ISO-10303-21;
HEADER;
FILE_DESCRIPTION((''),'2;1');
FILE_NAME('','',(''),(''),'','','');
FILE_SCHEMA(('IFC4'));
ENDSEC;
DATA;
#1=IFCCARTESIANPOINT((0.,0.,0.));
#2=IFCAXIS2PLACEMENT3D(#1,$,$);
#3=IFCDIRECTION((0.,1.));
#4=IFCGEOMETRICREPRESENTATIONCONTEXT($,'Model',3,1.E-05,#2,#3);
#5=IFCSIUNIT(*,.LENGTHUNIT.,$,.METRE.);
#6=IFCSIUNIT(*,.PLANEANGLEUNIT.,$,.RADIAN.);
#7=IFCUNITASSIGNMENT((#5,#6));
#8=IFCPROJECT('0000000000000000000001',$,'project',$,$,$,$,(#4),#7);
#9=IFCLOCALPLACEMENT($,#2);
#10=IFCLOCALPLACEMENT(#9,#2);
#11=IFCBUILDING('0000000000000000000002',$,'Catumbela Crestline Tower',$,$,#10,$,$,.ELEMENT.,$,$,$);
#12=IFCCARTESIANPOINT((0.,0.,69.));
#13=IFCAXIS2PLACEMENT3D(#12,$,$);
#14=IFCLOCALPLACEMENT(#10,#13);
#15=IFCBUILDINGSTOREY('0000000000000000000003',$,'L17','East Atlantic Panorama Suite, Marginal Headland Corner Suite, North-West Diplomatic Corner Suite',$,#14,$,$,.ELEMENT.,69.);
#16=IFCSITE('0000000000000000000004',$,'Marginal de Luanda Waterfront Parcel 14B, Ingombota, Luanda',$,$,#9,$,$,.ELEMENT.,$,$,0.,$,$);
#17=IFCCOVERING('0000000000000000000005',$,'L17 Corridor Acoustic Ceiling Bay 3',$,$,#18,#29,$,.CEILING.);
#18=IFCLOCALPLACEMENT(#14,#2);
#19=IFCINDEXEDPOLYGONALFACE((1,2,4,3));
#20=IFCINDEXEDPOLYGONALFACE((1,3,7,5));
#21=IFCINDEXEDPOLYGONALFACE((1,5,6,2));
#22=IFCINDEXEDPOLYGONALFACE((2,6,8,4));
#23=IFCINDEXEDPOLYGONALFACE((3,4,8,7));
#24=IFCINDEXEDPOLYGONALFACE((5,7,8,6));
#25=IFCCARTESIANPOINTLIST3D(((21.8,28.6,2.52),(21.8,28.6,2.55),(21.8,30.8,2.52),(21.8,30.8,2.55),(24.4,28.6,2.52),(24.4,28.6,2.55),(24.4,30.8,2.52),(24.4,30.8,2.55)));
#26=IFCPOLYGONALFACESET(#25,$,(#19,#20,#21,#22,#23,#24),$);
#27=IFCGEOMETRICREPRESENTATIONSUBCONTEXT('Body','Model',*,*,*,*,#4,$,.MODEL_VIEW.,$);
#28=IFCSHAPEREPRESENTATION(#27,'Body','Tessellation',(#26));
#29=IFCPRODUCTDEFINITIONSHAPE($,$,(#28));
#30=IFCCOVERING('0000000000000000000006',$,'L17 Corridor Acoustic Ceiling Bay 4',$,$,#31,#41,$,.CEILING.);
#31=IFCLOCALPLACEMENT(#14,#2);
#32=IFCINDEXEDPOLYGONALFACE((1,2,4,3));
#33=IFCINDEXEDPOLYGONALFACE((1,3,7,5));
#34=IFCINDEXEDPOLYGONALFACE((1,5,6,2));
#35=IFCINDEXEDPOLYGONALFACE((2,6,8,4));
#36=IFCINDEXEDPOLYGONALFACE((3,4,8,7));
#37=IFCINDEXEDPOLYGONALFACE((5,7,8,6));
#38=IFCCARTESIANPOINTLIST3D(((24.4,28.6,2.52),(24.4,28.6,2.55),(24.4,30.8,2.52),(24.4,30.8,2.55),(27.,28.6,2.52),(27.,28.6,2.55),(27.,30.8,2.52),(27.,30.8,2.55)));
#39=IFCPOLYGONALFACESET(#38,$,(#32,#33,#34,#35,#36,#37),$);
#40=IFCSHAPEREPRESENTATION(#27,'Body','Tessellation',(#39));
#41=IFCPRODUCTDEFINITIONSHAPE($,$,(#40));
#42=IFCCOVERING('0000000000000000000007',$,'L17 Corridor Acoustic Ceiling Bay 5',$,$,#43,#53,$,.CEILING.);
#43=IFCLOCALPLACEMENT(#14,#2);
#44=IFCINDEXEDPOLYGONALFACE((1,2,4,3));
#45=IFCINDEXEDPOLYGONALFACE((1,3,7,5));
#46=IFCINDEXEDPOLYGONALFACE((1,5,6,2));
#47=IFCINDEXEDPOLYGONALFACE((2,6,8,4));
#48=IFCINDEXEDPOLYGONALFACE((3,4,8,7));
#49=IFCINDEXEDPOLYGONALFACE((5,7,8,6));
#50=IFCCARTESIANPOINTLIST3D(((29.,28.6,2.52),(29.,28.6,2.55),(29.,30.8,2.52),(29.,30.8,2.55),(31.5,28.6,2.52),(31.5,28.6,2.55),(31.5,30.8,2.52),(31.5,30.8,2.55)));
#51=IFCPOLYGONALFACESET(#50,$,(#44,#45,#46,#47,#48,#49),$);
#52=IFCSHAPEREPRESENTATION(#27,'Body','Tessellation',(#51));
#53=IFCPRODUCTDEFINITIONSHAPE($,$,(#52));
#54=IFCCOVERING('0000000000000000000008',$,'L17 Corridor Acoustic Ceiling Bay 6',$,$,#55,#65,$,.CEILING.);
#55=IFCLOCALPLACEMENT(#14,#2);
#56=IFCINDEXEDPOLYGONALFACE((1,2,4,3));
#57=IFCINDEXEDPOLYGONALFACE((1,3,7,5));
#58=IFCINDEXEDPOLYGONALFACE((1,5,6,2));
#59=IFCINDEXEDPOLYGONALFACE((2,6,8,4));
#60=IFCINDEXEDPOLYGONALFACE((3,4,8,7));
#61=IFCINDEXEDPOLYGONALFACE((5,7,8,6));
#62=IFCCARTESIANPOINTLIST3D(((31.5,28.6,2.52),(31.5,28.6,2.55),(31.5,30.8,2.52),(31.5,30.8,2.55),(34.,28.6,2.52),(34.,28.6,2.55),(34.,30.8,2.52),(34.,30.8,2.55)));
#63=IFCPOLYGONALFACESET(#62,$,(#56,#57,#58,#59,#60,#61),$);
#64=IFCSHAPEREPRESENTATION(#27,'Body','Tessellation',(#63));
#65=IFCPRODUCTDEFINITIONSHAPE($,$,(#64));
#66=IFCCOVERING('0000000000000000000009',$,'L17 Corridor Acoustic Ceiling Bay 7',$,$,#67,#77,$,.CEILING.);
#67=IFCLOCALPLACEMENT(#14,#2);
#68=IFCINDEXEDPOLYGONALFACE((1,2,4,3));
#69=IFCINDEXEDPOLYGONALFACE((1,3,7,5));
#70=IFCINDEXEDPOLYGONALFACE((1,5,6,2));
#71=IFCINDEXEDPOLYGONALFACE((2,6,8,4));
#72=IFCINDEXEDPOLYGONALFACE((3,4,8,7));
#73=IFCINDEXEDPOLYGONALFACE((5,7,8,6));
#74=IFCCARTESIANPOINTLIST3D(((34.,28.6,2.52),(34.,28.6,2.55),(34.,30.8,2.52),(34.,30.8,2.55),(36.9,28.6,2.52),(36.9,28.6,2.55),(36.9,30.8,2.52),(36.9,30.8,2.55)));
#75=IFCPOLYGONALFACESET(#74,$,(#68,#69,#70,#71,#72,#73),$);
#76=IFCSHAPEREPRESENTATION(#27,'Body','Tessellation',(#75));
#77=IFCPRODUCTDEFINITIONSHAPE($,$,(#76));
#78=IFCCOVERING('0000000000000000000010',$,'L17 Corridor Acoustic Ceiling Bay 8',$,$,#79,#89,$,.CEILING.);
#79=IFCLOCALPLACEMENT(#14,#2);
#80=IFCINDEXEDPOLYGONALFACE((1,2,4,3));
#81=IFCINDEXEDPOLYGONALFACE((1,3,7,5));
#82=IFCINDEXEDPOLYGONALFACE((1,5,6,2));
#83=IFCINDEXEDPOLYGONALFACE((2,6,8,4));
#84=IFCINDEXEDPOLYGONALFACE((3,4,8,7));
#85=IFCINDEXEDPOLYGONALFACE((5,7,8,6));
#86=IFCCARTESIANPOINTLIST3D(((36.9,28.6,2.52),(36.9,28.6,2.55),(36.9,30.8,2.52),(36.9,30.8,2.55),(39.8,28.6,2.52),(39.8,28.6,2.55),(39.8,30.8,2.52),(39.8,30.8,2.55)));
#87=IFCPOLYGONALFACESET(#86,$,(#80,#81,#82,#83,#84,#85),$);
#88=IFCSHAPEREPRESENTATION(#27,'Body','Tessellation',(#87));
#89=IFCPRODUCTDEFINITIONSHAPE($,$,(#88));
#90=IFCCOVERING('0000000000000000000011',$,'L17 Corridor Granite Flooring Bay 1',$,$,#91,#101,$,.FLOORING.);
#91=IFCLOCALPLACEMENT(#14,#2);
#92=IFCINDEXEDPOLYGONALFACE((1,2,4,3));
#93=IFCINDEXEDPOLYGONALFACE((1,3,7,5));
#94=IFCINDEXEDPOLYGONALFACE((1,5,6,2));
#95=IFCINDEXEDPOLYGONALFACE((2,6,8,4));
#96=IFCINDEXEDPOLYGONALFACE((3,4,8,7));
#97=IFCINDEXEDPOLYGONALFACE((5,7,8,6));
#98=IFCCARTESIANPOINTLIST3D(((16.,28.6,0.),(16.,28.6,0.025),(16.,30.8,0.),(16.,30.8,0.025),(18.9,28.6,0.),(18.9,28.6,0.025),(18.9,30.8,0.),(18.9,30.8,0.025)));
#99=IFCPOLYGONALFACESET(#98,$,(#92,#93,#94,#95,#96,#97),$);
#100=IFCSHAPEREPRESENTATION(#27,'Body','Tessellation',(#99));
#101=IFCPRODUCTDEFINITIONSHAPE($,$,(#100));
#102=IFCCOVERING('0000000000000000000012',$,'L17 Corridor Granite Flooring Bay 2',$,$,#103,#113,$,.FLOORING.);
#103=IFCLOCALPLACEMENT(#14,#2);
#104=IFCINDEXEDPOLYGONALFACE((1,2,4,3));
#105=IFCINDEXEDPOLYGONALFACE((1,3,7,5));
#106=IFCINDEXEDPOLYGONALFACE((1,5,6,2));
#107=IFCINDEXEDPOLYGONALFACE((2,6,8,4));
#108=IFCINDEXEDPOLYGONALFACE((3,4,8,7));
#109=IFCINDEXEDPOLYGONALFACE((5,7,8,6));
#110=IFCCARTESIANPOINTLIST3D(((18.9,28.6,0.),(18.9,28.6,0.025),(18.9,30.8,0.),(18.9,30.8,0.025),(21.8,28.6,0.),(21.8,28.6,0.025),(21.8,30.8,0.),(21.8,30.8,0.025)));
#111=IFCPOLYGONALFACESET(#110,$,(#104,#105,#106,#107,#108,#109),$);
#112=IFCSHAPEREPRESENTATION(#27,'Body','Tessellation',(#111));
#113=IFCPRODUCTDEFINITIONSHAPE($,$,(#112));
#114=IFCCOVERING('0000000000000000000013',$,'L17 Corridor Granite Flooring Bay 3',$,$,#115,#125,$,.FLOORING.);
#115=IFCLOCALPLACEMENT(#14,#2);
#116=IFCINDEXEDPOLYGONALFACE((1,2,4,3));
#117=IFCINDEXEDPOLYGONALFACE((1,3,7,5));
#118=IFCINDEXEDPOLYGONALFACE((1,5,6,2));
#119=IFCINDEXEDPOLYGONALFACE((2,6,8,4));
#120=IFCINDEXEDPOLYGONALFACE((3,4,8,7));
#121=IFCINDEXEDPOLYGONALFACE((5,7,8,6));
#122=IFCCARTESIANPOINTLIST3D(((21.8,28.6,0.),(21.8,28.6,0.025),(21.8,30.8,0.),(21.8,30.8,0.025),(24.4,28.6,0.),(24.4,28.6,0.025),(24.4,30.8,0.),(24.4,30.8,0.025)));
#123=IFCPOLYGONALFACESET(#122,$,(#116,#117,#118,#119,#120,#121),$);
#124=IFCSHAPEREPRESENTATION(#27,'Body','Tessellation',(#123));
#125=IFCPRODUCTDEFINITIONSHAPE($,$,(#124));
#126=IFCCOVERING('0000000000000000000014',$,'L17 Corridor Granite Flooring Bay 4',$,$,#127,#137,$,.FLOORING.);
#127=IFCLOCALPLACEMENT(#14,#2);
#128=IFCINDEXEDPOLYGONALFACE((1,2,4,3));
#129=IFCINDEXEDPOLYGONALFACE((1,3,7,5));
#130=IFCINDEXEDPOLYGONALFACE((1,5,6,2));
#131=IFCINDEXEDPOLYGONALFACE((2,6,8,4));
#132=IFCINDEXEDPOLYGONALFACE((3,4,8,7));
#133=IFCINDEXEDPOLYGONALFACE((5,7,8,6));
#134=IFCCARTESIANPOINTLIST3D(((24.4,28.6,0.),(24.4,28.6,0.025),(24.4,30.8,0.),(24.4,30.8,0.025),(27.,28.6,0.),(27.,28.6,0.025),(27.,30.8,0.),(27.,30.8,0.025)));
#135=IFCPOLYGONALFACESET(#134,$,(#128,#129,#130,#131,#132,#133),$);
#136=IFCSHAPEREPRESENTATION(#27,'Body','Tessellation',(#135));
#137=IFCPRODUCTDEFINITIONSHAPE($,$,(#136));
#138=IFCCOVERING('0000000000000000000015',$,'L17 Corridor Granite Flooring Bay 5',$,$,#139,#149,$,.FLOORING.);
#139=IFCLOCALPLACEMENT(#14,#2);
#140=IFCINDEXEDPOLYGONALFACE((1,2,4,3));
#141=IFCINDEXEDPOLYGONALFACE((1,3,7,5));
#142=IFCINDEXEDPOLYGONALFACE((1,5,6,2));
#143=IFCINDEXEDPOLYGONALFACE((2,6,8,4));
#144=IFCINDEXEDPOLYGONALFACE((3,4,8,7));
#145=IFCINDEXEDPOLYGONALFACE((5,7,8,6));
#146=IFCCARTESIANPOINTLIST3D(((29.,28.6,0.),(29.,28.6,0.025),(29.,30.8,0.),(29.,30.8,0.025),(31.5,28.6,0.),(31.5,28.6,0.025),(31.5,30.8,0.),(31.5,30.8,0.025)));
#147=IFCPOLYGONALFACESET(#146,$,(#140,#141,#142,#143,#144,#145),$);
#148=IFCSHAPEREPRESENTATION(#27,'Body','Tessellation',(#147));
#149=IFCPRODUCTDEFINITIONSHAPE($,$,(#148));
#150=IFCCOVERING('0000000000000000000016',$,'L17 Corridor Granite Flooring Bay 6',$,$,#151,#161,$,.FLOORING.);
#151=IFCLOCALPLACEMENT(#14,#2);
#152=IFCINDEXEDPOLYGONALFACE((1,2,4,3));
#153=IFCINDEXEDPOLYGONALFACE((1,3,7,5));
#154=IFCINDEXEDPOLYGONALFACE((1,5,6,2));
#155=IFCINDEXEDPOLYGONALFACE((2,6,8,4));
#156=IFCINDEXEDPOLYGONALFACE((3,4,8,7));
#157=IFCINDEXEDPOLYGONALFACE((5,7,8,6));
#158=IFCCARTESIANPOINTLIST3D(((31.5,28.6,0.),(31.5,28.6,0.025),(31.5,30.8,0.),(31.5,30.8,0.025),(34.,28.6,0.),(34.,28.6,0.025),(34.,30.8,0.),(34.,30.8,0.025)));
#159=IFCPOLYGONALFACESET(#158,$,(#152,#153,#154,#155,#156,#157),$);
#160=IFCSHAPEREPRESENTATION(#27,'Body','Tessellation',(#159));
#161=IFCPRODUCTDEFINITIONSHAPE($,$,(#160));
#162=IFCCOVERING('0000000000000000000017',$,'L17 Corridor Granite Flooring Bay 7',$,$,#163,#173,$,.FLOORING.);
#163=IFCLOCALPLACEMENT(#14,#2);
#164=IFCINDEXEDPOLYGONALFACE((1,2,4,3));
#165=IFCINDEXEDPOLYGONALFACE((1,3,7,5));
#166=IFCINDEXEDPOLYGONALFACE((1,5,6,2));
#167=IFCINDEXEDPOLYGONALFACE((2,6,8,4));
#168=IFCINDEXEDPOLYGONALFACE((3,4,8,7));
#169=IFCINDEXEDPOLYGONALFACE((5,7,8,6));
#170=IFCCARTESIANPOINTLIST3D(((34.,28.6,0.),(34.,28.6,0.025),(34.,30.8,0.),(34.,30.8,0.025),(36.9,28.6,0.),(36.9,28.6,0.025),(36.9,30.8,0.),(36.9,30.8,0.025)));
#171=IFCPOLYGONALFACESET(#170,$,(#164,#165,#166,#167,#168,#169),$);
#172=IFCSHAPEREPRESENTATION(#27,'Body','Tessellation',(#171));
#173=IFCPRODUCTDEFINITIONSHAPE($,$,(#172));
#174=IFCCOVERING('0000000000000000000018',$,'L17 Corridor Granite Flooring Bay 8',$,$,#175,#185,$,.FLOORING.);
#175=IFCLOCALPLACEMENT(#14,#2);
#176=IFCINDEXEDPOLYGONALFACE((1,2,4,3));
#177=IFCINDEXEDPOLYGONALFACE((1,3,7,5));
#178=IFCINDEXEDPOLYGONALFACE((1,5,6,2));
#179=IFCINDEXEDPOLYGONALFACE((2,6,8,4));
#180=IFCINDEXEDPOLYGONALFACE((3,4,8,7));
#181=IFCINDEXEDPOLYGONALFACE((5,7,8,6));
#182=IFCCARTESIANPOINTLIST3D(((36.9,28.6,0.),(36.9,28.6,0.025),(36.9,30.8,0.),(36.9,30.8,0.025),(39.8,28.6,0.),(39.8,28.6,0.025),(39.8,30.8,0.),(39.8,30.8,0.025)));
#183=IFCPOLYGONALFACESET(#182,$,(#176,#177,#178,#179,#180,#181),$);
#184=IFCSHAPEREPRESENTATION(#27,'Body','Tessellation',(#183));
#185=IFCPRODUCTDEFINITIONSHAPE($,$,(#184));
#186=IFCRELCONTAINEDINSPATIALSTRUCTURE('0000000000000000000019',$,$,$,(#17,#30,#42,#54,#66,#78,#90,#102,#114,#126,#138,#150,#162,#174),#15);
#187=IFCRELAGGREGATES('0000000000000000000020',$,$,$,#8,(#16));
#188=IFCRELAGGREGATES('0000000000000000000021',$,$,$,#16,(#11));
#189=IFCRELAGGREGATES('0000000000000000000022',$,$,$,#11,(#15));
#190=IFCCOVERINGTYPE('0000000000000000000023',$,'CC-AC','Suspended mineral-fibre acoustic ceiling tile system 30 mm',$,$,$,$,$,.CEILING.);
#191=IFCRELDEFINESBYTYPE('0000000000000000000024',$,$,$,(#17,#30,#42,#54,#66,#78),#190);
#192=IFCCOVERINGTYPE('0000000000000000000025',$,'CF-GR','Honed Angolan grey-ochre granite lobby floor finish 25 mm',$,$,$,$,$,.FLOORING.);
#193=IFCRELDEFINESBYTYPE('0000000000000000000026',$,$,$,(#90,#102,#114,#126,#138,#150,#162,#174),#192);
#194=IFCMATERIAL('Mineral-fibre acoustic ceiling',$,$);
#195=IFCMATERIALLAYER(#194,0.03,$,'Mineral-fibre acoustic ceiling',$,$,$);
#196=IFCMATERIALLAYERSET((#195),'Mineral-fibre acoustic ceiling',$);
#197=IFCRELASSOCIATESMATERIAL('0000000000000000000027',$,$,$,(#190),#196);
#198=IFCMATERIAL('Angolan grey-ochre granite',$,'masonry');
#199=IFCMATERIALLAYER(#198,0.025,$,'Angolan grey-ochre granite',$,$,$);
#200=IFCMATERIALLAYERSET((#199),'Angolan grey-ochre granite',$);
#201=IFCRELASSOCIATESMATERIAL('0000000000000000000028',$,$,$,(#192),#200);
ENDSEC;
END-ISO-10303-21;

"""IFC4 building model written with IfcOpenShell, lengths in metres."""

from ifc_helpers import new_model, si_unit, direction, frame, origin, place, context, subcontext, project, spatial, polyline, outline, extrude, material, layer, layer_set, type_object, element, save


model = new_model("IFC4")

# Units and contexts
model_context = context("Model", 3, precision=1e-05, world=origin(), true_north=direction((0.0, 1.0)))
body_context = subcontext(model_context, "Body", "Model", "MODEL_VIEW")
ifc_project = project(units=[si_unit("LENGTHUNIT", "METRE"), si_unit("PLANEANGLEUNIT", "RADIAN")], contexts=[model_context])

# Site, building, storey
site_placement = place(None, origin())
site = spatial("IfcSite", under=ifc_project, at=site_placement, Name="Marginal de Luanda Waterfront Parcel 14B, Ingombota, Luanda", CompositionType="ELEMENT", RefElevation=0.0)
building_placement = place(site_placement, origin())
building = spatial("IfcBuilding", under=site, at=building_placement, Name="Catumbela Crestline Tower", CompositionType="ELEMENT")
storey_placement = place(building_placement, frame((0.0, 0.0, 69.0)))
storey = spatial("IfcBuildingStorey", under=building, at=storey_placement, Name="L17", Description="East Atlantic Panorama Suite, Marginal Headland Corner Suite, North-West Diplomatic Corner Suite", CompositionType="ELEMENT", Elevation=69.0)

# Shared definitions
ifc_material_1 = material(Name="Angolan grey-ochre granite", Category="masonry")

# Coverings
ifc_material_2 = material(Name="Mineral-fibre acoustic ceiling")
ifc_layer_1 = layer(ifc_material_2, 0.03, Name="Mineral-fibre acoustic ceiling")
ifc_layer_set_1 = layer_set([ifc_layer_1], Name="Mineral-fibre acoustic ceiling")
covering_type_1 = type_object("IfcCoveringType", Name="CC-AC", Description="Suspended mineral-fibre acoustic ceiling tile system 30 mm", PredefinedType="CEILING", material=ifc_layer_set_1)
covering_1_placement = place(storey_placement, frame((0.0, 0.0, 2.52)))
element("IfcCovering", 1, at=covering_1_placement, inside=storey, type_object=covering_type_1, Name="L17 Corridor Acoustic Ceiling Bay 3", PredefinedType="CEILING", context=body_context, shape_type="SweptSolid", body=[
    extrude(outline(polyline([(21.8, 28.6), (24.4, 28.6), (24.4, 30.8), (21.8, 30.8), (21.8, 28.6)])), origin(), (0.0, 0.0, 1.0), 0.03),
])
covering_2_placement = place(storey_placement, frame((0.0, 0.0, 2.52)))
element("IfcCovering", 2, at=covering_2_placement, inside=storey, type_object=covering_type_1, Name="L17 Corridor Acoustic Ceiling Bay 4", PredefinedType="CEILING", context=body_context, shape_type="SweptSolid", body=[
    extrude(outline(polyline([(24.4, 28.6), (27.0, 28.6), (27.0, 30.8), (24.4, 30.8), (24.4, 28.6)])), origin(), (0.0, 0.0, 1.0), 0.03),
])
covering_3_placement = place(storey_placement, frame((0.0, 0.0, 2.52)))
element("IfcCovering", 3, at=covering_3_placement, inside=storey, type_object=covering_type_1, Name="L17 Corridor Acoustic Ceiling Bay 5", PredefinedType="CEILING", context=body_context, shape_type="SweptSolid", body=[
    extrude(outline(polyline([(29.0, 28.6), (31.5, 28.6), (31.5, 30.8), (29.0, 30.8), (29.0, 28.6)])), origin(), (0.0, 0.0, 1.0), 0.03),
])
covering_4_placement = place(storey_placement, frame((0.0, 0.0, 2.52)))
element("IfcCovering", 4, at=covering_4_placement, inside=storey, type_object=covering_type_1, Name="L17 Corridor Acoustic Ceiling Bay 6", PredefinedType="CEILING", context=body_context, shape_type="SweptSolid", body=[
    extrude(outline(polyline([(31.5, 28.6), (34.0, 28.6), (34.0, 30.8), (31.5, 30.8), (31.5, 28.6)])), origin(), (0.0, 0.0, 1.0), 0.03),
])
covering_5_placement = place(storey_placement, frame((0.0, 0.0, 2.52)))
element("IfcCovering", 5, at=covering_5_placement, inside=storey, type_object=covering_type_1, Name="L17 Corridor Acoustic Ceiling Bay 7", PredefinedType="CEILING", context=body_context, shape_type="SweptSolid", body=[
    extrude(outline(polyline([(34.0, 28.6), (36.9, 28.6), (36.9, 30.8), (34.0, 30.8), (34.0, 28.6)])), origin(), (0.0, 0.0, 1.0), 0.03),
])
covering_6_placement = place(storey_placement, frame((0.0, 0.0, 2.52)))
element("IfcCovering", 6, at=covering_6_placement, inside=storey, type_object=covering_type_1, Name="L17 Corridor Acoustic Ceiling Bay 8", PredefinedType="CEILING", context=body_context, shape_type="SweptSolid", body=[
    extrude(outline(polyline([(36.9, 28.6), (39.8, 28.6), (39.8, 30.8), (36.9, 30.8), (36.9, 28.6)])), origin(), (0.0, 0.0, 1.0), 0.03),
])
ifc_layer_2 = layer(ifc_material_1, 0.025, Name="Angolan grey-ochre granite")
ifc_layer_set_2 = layer_set([ifc_layer_2], Name="Angolan grey-ochre granite")
covering_type_2 = type_object("IfcCoveringType", Name="CF-GR", Description="Honed Angolan grey-ochre granite lobby floor finish 25 mm", PredefinedType="FLOORING", material=ifc_layer_set_2)
covering_7_placement = place(storey_placement, origin())
element("IfcCovering", 7, at=covering_7_placement, inside=storey, type_object=covering_type_2, Name="L17 Corridor Granite Flooring Bay 1", PredefinedType="FLOORING", context=body_context, shape_type="SweptSolid", body=[
    extrude(outline(polyline([(16.0, 28.6), (18.9, 28.6), (18.9, 30.8), (16.0, 30.8), (16.0, 28.6)])), origin(), (0.0, 0.0, 1.0), 0.025),
])
covering_8_placement = place(storey_placement, origin())
element("IfcCovering", 8, at=covering_8_placement, inside=storey, type_object=covering_type_2, Name="L17 Corridor Granite Flooring Bay 2", PredefinedType="FLOORING", context=body_context, shape_type="SweptSolid", body=[
    extrude(outline(polyline([(18.9, 28.6), (21.8, 28.6), (21.8, 30.8), (18.9, 30.8), (18.9, 28.6)])), origin(), (0.0, 0.0, 1.0), 0.025),
])
covering_9_placement = place(storey_placement, origin())
element("IfcCovering", 9, at=covering_9_placement, inside=storey, type_object=covering_type_2, Name="L17 Corridor Granite Flooring Bay 3", PredefinedType="FLOORING", context=body_context, shape_type="SweptSolid", body=[
    extrude(outline(polyline([(21.8, 28.6), (24.4, 28.6), (24.4, 30.8), (21.8, 30.8), (21.8, 28.6)])), origin(), (0.0, 0.0, 1.0), 0.025),
])
covering_10_placement = place(storey_placement, origin())
element("IfcCovering", 10, at=covering_10_placement, inside=storey, type_object=covering_type_2, Name="L17 Corridor Granite Flooring Bay 4", PredefinedType="FLOORING", context=body_context, shape_type="SweptSolid", body=[
    extrude(outline(polyline([(24.4, 28.6), (27.0, 28.6), (27.0, 30.8), (24.4, 30.8), (24.4, 28.6)])), origin(), (0.0, 0.0, 1.0), 0.025),
])
covering_11_placement = place(storey_placement, origin())
element("IfcCovering", 11, at=covering_11_placement, inside=storey, type_object=covering_type_2, Name="L17 Corridor Granite Flooring Bay 5", PredefinedType="FLOORING", context=body_context, shape_type="SweptSolid", body=[
    extrude(outline(polyline([(29.0, 28.6), (31.5, 28.6), (31.5, 30.8), (29.0, 30.8), (29.0, 28.6)])), origin(), (0.0, 0.0, 1.0), 0.025),
])
covering_12_placement = place(storey_placement, origin())
element("IfcCovering", 12, at=covering_12_placement, inside=storey, type_object=covering_type_2, Name="L17 Corridor Granite Flooring Bay 6", PredefinedType="FLOORING", context=body_context, shape_type="SweptSolid", body=[
    extrude(outline(polyline([(31.5, 28.6), (34.0, 28.6), (34.0, 30.8), (31.5, 30.8), (31.5, 28.6)])), origin(), (0.0, 0.0, 1.0), 0.025),
])
covering_13_placement = place(storey_placement, origin())
element("IfcCovering", 13, at=covering_13_placement, inside=storey, type_object=covering_type_2, Name="L17 Corridor Granite Flooring Bay 7", PredefinedType="FLOORING", context=body_context, shape_type="SweptSolid", body=[
    extrude(outline(polyline([(34.0, 28.6), (36.9, 28.6), (36.9, 30.8), (34.0, 30.8), (34.0, 28.6)])), origin(), (0.0, 0.0, 1.0), 0.025),
])
covering_14_placement = place(storey_placement, origin())
element("IfcCovering", 14, at=covering_14_placement, inside=storey, type_object=covering_type_2, Name="L17 Corridor Granite Flooring Bay 8", PredefinedType="FLOORING", context=body_context, shape_type="SweptSolid", body=[
    extrude(outline(polyline([(36.9, 28.6), (39.8, 28.6), (39.8, 30.8), (36.9, 30.8), (36.9, 28.6)])), origin(), (0.0, 0.0, 1.0), 0.025),
])

save(model, "model.ifc")
